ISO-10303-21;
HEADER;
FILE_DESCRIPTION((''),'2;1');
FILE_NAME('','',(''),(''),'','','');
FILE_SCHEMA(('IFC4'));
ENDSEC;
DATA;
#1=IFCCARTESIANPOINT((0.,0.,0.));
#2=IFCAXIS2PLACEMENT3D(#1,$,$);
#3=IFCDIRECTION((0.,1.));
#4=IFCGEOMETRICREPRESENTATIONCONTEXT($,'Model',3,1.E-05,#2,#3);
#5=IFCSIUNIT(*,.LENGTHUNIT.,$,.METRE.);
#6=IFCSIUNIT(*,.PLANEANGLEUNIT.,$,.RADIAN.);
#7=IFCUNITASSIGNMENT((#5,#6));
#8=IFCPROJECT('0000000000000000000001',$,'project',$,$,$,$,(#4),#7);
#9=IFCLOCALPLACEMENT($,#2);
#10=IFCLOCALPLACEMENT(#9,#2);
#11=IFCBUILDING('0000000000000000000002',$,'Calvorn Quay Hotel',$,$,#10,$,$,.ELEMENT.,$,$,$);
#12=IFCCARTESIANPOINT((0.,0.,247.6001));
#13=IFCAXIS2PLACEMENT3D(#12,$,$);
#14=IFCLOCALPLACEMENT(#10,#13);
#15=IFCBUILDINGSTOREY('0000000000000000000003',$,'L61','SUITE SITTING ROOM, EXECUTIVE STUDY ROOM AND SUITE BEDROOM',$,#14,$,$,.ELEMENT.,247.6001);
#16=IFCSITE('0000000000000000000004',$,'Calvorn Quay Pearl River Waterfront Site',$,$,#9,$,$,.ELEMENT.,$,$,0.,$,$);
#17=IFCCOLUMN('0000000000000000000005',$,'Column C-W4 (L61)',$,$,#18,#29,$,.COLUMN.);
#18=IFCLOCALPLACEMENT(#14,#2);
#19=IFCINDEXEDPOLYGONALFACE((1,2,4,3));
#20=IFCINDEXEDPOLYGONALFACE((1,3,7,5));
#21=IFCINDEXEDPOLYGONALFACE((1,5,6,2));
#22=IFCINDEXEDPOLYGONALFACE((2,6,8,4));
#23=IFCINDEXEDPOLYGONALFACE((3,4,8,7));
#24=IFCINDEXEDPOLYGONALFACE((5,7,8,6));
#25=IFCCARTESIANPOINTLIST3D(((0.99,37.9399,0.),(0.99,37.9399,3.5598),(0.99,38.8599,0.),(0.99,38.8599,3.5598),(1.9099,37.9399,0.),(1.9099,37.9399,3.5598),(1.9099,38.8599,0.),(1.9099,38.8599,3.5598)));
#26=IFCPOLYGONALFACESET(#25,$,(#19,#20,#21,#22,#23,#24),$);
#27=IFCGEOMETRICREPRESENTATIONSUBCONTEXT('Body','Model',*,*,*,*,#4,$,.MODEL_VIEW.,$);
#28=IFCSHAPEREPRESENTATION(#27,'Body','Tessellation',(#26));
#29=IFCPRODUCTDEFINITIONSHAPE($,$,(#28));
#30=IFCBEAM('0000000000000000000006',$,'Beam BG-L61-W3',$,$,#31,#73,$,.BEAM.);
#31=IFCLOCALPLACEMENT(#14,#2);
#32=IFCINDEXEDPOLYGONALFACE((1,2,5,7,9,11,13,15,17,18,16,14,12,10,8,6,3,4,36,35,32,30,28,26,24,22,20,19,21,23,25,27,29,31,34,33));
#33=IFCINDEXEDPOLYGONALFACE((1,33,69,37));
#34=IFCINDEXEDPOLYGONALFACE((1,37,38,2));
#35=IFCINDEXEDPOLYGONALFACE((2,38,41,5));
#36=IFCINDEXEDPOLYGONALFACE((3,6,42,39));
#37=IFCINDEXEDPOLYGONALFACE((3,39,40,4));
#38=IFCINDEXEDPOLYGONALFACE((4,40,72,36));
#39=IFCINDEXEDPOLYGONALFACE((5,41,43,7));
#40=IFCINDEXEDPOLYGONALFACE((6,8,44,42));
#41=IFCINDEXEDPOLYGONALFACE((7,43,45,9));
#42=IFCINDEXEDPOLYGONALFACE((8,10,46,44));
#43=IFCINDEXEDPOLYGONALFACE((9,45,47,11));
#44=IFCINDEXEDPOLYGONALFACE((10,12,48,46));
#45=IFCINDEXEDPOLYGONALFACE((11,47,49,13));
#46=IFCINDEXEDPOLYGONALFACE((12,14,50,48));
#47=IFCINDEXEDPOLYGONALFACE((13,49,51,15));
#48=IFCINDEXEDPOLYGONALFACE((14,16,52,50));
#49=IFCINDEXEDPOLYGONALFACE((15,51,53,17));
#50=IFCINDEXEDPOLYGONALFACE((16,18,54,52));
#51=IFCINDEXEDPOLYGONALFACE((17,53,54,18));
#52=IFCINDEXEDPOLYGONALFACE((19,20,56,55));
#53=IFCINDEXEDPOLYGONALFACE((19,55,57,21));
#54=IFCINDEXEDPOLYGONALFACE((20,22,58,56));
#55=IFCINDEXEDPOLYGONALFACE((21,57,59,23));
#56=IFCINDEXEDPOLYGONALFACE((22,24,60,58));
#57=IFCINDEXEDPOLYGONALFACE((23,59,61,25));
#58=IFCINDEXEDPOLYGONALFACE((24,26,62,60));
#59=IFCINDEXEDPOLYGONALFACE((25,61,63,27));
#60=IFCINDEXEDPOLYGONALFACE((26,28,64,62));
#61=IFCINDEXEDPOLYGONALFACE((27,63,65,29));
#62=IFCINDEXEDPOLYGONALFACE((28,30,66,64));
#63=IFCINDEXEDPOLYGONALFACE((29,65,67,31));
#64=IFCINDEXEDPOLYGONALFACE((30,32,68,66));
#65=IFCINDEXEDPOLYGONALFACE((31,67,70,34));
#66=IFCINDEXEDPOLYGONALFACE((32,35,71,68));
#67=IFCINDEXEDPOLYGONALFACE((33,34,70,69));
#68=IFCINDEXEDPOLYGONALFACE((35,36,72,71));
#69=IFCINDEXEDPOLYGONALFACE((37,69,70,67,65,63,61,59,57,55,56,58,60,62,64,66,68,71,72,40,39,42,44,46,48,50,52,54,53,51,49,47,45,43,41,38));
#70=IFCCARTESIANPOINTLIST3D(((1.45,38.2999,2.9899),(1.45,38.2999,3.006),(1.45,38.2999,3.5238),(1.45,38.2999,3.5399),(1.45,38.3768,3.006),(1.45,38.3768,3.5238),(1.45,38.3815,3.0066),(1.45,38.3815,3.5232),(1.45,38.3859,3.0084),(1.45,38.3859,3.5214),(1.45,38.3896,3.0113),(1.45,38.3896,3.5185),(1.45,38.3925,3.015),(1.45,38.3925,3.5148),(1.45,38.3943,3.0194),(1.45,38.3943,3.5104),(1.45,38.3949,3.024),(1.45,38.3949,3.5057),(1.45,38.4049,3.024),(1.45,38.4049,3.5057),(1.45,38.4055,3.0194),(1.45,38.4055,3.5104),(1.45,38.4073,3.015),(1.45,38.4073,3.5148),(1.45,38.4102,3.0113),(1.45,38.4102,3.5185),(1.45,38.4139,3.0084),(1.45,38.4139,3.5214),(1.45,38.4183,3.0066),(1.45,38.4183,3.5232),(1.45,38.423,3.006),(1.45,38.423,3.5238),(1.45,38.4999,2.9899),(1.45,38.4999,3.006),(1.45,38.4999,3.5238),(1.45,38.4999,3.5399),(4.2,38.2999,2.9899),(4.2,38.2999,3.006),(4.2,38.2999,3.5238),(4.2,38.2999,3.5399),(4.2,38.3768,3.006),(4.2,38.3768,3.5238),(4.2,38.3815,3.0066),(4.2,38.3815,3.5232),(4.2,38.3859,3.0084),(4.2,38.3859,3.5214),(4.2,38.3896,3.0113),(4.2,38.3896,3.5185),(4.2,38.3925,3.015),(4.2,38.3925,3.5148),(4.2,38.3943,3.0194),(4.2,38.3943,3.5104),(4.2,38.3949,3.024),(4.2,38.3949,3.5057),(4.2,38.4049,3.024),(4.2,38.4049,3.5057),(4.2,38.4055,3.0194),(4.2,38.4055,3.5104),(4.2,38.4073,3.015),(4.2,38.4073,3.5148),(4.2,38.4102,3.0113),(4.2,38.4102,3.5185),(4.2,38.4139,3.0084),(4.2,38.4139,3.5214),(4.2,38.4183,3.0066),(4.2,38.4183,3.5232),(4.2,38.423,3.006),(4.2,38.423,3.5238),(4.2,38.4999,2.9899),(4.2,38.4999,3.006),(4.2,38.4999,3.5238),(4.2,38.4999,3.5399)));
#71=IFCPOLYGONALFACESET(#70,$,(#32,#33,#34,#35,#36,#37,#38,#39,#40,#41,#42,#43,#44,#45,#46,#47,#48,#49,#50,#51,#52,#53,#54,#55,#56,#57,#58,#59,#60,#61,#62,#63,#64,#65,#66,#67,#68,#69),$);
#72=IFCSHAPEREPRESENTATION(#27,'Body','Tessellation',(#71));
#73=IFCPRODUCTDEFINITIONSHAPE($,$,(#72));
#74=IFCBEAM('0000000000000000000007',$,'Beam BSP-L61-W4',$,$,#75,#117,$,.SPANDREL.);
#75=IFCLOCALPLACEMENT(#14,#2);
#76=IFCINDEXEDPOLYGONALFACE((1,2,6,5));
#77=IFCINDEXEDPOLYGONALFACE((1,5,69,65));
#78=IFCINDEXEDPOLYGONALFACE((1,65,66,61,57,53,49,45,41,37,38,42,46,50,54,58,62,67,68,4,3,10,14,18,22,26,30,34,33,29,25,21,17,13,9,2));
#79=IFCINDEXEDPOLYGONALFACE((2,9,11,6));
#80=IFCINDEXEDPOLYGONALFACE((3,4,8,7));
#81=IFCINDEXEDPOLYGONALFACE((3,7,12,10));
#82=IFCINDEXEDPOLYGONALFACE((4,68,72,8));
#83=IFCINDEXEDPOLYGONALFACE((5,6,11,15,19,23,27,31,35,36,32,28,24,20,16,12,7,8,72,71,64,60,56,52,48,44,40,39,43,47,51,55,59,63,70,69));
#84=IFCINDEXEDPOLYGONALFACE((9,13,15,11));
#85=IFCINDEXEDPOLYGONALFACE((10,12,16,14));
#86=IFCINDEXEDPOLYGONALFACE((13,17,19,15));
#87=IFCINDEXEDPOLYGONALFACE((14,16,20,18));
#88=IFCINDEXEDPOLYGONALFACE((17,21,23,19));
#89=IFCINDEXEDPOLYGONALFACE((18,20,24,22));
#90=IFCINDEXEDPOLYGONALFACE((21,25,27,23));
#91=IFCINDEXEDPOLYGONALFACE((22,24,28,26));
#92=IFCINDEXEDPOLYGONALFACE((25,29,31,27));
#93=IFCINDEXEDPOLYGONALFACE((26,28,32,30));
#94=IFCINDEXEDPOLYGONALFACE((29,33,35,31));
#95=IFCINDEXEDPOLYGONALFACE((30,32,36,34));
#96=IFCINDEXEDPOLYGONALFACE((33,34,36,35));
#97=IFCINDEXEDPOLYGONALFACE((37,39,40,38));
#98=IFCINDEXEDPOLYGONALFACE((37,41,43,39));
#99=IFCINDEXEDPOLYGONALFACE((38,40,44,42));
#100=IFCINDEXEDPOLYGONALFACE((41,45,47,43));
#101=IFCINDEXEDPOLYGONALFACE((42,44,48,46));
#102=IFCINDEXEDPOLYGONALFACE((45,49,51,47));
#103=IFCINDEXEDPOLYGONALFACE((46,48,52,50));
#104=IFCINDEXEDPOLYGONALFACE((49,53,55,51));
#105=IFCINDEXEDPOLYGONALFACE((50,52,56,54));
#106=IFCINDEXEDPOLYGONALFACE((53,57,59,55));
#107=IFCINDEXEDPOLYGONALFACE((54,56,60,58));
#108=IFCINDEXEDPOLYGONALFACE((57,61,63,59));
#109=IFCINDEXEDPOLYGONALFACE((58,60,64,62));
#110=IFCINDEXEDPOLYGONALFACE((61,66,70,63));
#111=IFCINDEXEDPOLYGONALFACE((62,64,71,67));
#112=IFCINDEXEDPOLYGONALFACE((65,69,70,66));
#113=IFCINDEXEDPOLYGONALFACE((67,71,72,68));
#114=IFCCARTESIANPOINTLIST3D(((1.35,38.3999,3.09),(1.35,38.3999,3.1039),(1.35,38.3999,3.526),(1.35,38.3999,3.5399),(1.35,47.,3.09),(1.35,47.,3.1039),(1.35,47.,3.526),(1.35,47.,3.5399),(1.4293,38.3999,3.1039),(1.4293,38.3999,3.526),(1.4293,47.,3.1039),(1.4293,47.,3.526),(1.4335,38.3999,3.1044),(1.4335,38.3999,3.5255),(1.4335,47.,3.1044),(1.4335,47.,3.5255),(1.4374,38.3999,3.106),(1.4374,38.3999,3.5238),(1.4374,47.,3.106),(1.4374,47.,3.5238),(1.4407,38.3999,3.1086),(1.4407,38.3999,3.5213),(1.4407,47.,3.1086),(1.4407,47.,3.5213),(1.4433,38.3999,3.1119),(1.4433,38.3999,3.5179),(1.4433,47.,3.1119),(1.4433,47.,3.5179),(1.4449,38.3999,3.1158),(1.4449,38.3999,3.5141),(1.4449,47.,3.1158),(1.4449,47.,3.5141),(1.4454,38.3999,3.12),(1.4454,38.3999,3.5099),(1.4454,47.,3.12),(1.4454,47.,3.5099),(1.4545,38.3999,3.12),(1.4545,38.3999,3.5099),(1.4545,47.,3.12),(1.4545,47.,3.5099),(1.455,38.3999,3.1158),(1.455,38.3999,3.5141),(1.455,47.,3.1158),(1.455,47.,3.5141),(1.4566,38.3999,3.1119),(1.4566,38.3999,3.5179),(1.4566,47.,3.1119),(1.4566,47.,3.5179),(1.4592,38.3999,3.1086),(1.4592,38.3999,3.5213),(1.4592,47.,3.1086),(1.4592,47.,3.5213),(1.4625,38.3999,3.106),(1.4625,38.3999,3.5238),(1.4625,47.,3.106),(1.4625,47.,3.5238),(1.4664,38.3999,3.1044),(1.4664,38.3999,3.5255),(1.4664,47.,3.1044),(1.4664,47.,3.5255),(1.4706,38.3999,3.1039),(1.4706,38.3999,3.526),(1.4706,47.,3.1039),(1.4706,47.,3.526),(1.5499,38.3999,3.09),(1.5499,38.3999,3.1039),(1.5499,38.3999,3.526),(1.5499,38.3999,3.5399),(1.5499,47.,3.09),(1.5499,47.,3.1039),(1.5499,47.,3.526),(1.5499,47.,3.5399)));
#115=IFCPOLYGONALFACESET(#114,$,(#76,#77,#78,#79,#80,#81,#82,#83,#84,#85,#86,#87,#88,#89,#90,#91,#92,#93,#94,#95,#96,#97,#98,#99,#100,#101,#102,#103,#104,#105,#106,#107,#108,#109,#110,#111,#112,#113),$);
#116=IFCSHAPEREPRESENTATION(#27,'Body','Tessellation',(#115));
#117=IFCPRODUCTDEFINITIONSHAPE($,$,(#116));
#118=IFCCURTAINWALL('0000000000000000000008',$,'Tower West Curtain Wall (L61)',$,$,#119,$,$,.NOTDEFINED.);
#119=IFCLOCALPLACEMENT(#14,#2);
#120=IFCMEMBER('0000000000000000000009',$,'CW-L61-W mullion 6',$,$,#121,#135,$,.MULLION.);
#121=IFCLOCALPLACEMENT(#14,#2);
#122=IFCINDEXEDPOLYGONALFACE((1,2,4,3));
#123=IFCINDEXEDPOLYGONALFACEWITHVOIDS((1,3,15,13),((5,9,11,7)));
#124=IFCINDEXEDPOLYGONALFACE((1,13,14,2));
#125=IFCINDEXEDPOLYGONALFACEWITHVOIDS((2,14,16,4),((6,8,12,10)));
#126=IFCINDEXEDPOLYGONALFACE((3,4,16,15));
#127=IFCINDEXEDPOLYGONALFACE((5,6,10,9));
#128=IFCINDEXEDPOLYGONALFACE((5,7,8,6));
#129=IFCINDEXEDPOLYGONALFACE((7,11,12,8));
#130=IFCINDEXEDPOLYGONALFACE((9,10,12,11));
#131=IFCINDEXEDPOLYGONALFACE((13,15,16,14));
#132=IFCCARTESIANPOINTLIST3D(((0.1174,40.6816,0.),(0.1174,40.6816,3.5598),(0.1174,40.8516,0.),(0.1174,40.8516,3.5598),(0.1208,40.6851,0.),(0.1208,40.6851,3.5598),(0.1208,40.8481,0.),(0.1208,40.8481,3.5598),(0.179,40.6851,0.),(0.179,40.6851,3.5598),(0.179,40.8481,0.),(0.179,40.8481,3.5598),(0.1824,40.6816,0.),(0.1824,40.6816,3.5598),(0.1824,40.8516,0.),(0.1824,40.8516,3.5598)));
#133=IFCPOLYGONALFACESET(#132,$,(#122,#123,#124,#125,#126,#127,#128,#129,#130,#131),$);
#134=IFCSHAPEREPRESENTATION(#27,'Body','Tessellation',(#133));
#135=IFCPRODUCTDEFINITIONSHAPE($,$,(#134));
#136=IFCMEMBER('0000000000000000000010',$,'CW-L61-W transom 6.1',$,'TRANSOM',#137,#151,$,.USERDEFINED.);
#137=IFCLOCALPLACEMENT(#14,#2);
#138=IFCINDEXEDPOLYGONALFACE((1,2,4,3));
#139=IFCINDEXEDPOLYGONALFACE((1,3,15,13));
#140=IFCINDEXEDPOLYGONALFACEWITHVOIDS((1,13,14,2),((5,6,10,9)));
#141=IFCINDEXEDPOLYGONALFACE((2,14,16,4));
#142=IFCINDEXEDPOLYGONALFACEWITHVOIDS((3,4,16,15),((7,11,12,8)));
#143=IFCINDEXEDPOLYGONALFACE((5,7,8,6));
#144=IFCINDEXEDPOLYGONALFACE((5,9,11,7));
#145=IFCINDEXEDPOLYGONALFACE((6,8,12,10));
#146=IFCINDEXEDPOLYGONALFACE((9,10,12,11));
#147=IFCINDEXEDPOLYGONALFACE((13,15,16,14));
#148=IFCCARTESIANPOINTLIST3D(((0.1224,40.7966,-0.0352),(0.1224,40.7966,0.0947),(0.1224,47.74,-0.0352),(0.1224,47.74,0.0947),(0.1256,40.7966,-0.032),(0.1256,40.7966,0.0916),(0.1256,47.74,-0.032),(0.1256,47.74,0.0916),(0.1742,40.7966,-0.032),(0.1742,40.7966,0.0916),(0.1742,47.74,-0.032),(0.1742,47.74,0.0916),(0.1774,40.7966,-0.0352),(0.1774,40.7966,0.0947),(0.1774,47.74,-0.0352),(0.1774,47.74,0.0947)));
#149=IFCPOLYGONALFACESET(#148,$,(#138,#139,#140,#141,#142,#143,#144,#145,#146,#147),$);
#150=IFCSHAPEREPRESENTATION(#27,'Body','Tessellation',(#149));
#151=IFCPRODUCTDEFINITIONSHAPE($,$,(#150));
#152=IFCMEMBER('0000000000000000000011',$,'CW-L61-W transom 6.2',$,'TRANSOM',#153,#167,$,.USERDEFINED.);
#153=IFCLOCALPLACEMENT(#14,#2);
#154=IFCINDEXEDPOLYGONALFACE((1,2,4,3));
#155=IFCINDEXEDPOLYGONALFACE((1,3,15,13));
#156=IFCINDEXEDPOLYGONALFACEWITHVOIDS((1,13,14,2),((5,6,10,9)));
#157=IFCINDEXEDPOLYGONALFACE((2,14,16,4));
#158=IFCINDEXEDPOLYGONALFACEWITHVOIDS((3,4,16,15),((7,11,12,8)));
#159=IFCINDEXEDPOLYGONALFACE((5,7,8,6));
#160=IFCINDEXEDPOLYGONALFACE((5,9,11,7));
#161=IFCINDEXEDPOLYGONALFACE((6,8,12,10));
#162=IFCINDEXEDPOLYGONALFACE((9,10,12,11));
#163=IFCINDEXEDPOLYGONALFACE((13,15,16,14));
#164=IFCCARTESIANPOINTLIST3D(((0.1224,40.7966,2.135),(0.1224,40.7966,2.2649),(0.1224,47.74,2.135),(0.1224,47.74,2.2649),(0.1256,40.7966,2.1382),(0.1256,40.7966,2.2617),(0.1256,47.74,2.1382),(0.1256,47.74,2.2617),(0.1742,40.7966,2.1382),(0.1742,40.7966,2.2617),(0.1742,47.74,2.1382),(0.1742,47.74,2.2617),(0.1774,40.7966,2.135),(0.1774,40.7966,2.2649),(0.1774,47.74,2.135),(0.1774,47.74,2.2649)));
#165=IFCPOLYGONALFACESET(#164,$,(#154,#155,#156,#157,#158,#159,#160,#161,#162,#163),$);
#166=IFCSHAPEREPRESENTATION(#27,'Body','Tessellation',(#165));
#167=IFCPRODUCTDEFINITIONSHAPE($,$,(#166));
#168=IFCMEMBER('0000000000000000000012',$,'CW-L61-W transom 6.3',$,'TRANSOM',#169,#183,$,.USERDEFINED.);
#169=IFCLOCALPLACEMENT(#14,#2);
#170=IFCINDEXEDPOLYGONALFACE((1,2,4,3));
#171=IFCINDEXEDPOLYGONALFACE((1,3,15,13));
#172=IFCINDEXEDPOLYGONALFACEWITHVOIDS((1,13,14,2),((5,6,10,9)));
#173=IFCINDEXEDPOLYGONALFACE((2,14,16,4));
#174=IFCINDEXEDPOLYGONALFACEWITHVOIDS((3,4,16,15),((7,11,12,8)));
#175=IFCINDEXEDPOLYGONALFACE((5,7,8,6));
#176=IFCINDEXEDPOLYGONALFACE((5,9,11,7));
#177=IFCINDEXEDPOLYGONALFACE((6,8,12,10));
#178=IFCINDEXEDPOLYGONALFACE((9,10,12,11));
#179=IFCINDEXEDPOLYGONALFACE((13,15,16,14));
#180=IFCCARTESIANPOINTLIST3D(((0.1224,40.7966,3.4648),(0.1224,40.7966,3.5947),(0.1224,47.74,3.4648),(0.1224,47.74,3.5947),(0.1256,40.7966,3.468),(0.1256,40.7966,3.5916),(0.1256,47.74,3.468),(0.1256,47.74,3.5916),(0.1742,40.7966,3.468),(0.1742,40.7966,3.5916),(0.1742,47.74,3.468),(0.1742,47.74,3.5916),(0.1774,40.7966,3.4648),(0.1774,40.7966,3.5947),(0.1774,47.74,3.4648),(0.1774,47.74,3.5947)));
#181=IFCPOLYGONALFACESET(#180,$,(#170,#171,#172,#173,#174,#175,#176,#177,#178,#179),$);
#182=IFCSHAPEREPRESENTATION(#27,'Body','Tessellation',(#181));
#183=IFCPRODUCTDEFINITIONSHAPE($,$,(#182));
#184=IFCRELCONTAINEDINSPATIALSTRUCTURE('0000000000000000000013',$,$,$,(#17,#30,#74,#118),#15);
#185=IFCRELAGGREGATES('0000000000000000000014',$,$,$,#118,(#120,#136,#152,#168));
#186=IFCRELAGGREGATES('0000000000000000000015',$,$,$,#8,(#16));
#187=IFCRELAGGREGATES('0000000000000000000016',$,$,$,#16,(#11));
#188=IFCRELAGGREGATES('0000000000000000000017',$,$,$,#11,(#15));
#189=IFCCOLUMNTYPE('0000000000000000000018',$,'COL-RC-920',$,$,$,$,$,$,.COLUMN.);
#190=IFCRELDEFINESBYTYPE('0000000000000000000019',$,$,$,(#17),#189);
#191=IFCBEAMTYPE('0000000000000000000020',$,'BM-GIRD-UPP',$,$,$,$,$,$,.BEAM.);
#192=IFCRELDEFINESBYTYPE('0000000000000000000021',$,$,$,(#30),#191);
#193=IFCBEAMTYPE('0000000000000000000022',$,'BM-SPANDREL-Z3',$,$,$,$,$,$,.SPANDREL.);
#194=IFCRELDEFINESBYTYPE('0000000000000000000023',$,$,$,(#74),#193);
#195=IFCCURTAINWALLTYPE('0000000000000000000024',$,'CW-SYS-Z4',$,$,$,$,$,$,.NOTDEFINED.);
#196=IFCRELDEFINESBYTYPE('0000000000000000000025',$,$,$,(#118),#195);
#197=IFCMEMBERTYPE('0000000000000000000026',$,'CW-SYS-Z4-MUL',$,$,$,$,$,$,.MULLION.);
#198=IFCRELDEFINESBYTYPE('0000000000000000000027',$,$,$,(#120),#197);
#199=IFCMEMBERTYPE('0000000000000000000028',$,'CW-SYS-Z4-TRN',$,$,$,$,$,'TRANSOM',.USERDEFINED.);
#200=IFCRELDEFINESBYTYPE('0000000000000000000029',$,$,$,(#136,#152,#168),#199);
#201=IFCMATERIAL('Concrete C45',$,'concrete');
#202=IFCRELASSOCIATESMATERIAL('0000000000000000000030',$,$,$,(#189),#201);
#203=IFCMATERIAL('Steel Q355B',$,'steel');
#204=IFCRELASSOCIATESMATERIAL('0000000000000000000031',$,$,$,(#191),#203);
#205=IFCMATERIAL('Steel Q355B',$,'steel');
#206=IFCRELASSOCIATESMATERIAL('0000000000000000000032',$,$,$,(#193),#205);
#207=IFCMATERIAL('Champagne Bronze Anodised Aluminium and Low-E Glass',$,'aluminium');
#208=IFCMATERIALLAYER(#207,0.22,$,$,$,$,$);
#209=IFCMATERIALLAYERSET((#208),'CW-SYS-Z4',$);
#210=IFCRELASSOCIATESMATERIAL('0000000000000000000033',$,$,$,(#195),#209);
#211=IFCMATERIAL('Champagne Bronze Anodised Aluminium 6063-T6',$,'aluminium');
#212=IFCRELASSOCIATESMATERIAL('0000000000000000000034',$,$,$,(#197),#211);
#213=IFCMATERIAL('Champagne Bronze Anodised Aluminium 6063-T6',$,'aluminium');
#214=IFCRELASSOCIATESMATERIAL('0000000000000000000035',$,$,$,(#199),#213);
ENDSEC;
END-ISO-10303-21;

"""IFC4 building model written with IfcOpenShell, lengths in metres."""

from ifc_helpers import new_model, si_unit, direction, frame, origin, origin_2d, place, context, subcontext, project, spatial, rectangle, hollow_rectangle, i_section, extrude, material, layer, layer_set, material_profile, profile_set, type_object, element, aggregate, save


model = new_model("IFC4")

# Units and contexts
model_context = context("Model", 3, precision=1e-05, world=origin(), true_north=direction((0.0, 1.0)))
body_context = subcontext(model_context, "Body", "Model", "MODEL_VIEW")
ifc_project = project(units=[si_unit("LENGTHUNIT", "METRE"), si_unit("PLANEANGLEUNIT", "RADIAN")], contexts=[model_context])

# Site, building, storey
site_placement = place(None, origin())
site = spatial("IfcSite", under=ifc_project, at=site_placement, Name="Calvorn Quay Pearl River Waterfront Site", CompositionType="ELEMENT", RefElevation=0.0)
building_placement = place(site_placement, origin())
building = spatial("IfcBuilding", under=site, at=building_placement, Name="Calvorn Quay Hotel", CompositionType="ELEMENT")
storey_placement = place(building_placement, frame((0.0, 0.0, 247.6001)))
storey = spatial("IfcBuildingStorey", under=building, at=storey_placement, Name="L61", Description="SUITE SITTING ROOM, EXECUTIVE STUDY ROOM AND SUITE BEDROOM", CompositionType="ELEMENT", Elevation=247.6001)

# Column
ifc_material_1 = material(Name="Concrete C45", Category="concrete")
ifc_material_profile_1 = material_profile(ifc_material_1, rectangle(XDim=0.9199, YDim=0.9199, at=origin_2d()), Name="RC920x920")
ifc_profile_set_1 = profile_set([ifc_material_profile_1], Name="Concrete C45")
column_type = type_object("IfcColumnType", Name="COL-RC-920", PredefinedType="COLUMN", material=ifc_profile_set_1)
column_placement = place(storey_placement, frame((1.45, 38.3999, 0.0), z_axis=(0.0, 0.0, 1.0), x_axis=(1.0, 0.0, 0.0)))
element("IfcColumn", 1, at=column_placement, inside=storey, type_object=column_type, Name="Column C-W4 (L61)", PredefinedType="COLUMN", context=body_context, shape_type="SweptSolid", body=[
    extrude(rectangle(XDim=0.9199, YDim=0.9199, at=origin_2d()), origin(), (0.0, 0.0, 1.0), 3.5598),
])

# Beams
ifc_material_2 = material(Name="Steel Q355B", Category="steel")
ifc_material_profile_2 = material_profile(ifc_material_2, i_section(OverallWidth=0.2, OverallDepth=0.55, WebThickness=0.01, FlangeThickness=0.0161, FilletRadius=0.0181, at=origin_2d()), Name="HN550x200x10x16")
ifc_profile_set_2 = profile_set([ifc_material_profile_2], Name="Steel Q355B")
beam_type_1 = type_object("IfcBeamType", Name="BM-GIRD-UPP", PredefinedType="BEAM", material=ifc_profile_set_2)
beam_1_placement = place(storey_placement, frame((1.45, 38.3999, 3.2649), z_axis=(1.0, 0.0, 0.0), x_axis=(0.0, 1.0, 0.0)))
element("IfcBeam", 2, at=beam_1_placement, inside=storey, type_object=beam_type_1, Name="Beam BG-L61-W3", PredefinedType="BEAM", context=body_context, shape_type="SweptSolid", body=[
    extrude(i_section(OverallWidth=0.2, OverallDepth=0.55, WebThickness=0.01, FlangeThickness=0.0161, FilletRadius=0.0181, at=origin_2d()), origin(), (0.0, 0.0, 1.0), 2.75),
])
ifc_material_3 = material(Name="Steel Q355B", Category="steel")
ifc_material_profile_3 = material_profile(ifc_material_3, i_section(OverallWidth=0.2, OverallDepth=0.45, WebThickness=0.009, FlangeThickness=0.0139, FilletRadius=0.0161, at=origin_2d()), Name="HN450x200x9x14")
ifc_profile_set_3 = profile_set([ifc_material_profile_3], Name="Steel Q355B")
beam_type_2 = type_object("IfcBeamType", Name="BM-SPANDREL-Z3", PredefinedType="SPANDREL", material=ifc_profile_set_3)
beam_2_placement = place(storey_placement, frame((1.45, 38.3999, 3.3149), z_axis=(0.0, 1.0, 0.0), x_axis=(-1.0, 0.0, 0.0)))
element("IfcBeam", 3, at=beam_2_placement, inside=storey, type_object=beam_type_2, Name="Beam BSP-L61-W4", PredefinedType="SPANDREL", context=body_context, shape_type="SweptSolid", body=[
    extrude(i_section(OverallWidth=0.2, OverallDepth=0.45, WebThickness=0.009, FlangeThickness=0.0139, FilletRadius=0.0161, at=origin_2d()), origin(), (0.0, 0.0, 1.0), 8.6001),
])

# Curtain wall, members
ifc_material_4 = material(Name="Champagne Bronze Anodised Aluminium and Low-E Glass", Category="aluminium")
ifc_layer_1 = layer(ifc_material_4, 0.22)
ifc_layer_set_1 = layer_set([ifc_layer_1], Name="CW-SYS-Z4")
curtain_wall_type = type_object("IfcCurtainWallType", Name="CW-SYS-Z4", PredefinedType="NOTDEFINED", material=ifc_layer_set_1)
curtain_wall_placement = place(storey_placement, origin())
curtain_wall = element("IfcCurtainWall", 4, at=curtain_wall_placement, inside=storey, type_object=curtain_wall_type, Name="Tower West Curtain Wall (L61)", PredefinedType="NOTDEFINED")
ifc_material_5 = material(Name="Champagne Bronze Anodised Aluminium 6063-T6", Category="aluminium")
ifc_material_profile_4 = material_profile(ifc_material_5, hollow_rectangle(XDim=0.0649, YDim=0.1699, WallThickness=0.0034, at=origin_2d()), Name="ALU-M170x65x3.5")
ifc_profile_set_4 = profile_set([ifc_material_profile_4], Name="Champagne Bronze Anodised Aluminium 6063-T6")
member_type_1 = type_object("IfcMemberType", Name="CW-SYS-Z4-MUL", PredefinedType="MULLION", material=ifc_profile_set_4)
member_1_placement = place(storey_placement, frame((0.1499, 40.7666, 0.0), z_axis=(0.0, 0.0, 1.0), x_axis=(-1.0, 0.0, 0.0)))
member_1 = element("IfcMember", 5, at=member_1_placement, type_object=member_type_1, Name="CW-L61-W mullion 6", PredefinedType="MULLION", context=body_context, shape_type="SweptSolid", body=[
    extrude(hollow_rectangle(XDim=0.0649, YDim=0.1699, WallThickness=0.0034, at=origin_2d()), origin(), (0.0, 0.0, 1.0), 3.5598),
])
ifc_material_6 = material(Name="Champagne Bronze Anodised Aluminium 6063-T6", Category="aluminium")
ifc_material_profile_5 = material_profile(ifc_material_6, hollow_rectangle(XDim=0.0549, YDim=0.1299, WallThickness=0.0032, at=origin_2d()), Name="ALU-T130x55x3.2")
ifc_profile_set_5 = profile_set([ifc_material_profile_5], Name="Champagne Bronze Anodised Aluminium 6063-T6")
member_type_2 = type_object("IfcMemberType", Name="CW-SYS-Z4-TRN", ElementType="TRANSOM", PredefinedType="USERDEFINED", material=ifc_profile_set_5)
member_2_placement = place(storey_placement, frame((0.1499, 40.7966, 0.0298), z_axis=(0.0, 1.0, 0.0), x_axis=(-1.0, 0.0, 0.0)))
member_2 = element("IfcMember", 6, at=member_2_placement, type_object=member_type_2, Name="CW-L61-W transom 6.1", ObjectType="TRANSOM", PredefinedType="USERDEFINED", context=body_context, shape_type="SweptSolid", body=[
    extrude(hollow_rectangle(XDim=0.0549, YDim=0.1299, WallThickness=0.0032, at=origin_2d()), origin(), (0.0, 0.0, 1.0), 6.9434),
])
member_3_placement = place(storey_placement, frame((0.1499, 40.7966, 2.2), z_axis=(0.0, 1.0, 0.0), x_axis=(-1.0, 0.0, 0.0)))
member_3 = element("IfcMember", 7, at=member_3_placement, type_object=member_type_2, Name="CW-L61-W transom 6.2", ObjectType="TRANSOM", PredefinedType="USERDEFINED", context=body_context, shape_type="SweptSolid", body=[
    extrude(hollow_rectangle(XDim=0.0549, YDim=0.1299, WallThickness=0.0032, at=origin_2d()), origin(), (0.0, 0.0, 1.0), 6.9434),
])
member_4_placement = place(storey_placement, frame((0.1499, 40.7966, 3.5298), z_axis=(0.0, 1.0, 0.0), x_axis=(-1.0, 0.0, 0.0)))
member_4 = element("IfcMember", 8, at=member_4_placement, type_object=member_type_2, Name="CW-L61-W transom 6.3", ObjectType="TRANSOM", PredefinedType="USERDEFINED", context=body_context, shape_type="SweptSolid", body=[
    extrude(hollow_rectangle(XDim=0.0549, YDim=0.1299, WallThickness=0.0032, at=origin_2d()), origin(), (0.0, 0.0, 1.0), 6.9434),
])
aggregate(curtain_wall, [member_1, member_2, member_3, member_4])

save(model, "model.ifc")
